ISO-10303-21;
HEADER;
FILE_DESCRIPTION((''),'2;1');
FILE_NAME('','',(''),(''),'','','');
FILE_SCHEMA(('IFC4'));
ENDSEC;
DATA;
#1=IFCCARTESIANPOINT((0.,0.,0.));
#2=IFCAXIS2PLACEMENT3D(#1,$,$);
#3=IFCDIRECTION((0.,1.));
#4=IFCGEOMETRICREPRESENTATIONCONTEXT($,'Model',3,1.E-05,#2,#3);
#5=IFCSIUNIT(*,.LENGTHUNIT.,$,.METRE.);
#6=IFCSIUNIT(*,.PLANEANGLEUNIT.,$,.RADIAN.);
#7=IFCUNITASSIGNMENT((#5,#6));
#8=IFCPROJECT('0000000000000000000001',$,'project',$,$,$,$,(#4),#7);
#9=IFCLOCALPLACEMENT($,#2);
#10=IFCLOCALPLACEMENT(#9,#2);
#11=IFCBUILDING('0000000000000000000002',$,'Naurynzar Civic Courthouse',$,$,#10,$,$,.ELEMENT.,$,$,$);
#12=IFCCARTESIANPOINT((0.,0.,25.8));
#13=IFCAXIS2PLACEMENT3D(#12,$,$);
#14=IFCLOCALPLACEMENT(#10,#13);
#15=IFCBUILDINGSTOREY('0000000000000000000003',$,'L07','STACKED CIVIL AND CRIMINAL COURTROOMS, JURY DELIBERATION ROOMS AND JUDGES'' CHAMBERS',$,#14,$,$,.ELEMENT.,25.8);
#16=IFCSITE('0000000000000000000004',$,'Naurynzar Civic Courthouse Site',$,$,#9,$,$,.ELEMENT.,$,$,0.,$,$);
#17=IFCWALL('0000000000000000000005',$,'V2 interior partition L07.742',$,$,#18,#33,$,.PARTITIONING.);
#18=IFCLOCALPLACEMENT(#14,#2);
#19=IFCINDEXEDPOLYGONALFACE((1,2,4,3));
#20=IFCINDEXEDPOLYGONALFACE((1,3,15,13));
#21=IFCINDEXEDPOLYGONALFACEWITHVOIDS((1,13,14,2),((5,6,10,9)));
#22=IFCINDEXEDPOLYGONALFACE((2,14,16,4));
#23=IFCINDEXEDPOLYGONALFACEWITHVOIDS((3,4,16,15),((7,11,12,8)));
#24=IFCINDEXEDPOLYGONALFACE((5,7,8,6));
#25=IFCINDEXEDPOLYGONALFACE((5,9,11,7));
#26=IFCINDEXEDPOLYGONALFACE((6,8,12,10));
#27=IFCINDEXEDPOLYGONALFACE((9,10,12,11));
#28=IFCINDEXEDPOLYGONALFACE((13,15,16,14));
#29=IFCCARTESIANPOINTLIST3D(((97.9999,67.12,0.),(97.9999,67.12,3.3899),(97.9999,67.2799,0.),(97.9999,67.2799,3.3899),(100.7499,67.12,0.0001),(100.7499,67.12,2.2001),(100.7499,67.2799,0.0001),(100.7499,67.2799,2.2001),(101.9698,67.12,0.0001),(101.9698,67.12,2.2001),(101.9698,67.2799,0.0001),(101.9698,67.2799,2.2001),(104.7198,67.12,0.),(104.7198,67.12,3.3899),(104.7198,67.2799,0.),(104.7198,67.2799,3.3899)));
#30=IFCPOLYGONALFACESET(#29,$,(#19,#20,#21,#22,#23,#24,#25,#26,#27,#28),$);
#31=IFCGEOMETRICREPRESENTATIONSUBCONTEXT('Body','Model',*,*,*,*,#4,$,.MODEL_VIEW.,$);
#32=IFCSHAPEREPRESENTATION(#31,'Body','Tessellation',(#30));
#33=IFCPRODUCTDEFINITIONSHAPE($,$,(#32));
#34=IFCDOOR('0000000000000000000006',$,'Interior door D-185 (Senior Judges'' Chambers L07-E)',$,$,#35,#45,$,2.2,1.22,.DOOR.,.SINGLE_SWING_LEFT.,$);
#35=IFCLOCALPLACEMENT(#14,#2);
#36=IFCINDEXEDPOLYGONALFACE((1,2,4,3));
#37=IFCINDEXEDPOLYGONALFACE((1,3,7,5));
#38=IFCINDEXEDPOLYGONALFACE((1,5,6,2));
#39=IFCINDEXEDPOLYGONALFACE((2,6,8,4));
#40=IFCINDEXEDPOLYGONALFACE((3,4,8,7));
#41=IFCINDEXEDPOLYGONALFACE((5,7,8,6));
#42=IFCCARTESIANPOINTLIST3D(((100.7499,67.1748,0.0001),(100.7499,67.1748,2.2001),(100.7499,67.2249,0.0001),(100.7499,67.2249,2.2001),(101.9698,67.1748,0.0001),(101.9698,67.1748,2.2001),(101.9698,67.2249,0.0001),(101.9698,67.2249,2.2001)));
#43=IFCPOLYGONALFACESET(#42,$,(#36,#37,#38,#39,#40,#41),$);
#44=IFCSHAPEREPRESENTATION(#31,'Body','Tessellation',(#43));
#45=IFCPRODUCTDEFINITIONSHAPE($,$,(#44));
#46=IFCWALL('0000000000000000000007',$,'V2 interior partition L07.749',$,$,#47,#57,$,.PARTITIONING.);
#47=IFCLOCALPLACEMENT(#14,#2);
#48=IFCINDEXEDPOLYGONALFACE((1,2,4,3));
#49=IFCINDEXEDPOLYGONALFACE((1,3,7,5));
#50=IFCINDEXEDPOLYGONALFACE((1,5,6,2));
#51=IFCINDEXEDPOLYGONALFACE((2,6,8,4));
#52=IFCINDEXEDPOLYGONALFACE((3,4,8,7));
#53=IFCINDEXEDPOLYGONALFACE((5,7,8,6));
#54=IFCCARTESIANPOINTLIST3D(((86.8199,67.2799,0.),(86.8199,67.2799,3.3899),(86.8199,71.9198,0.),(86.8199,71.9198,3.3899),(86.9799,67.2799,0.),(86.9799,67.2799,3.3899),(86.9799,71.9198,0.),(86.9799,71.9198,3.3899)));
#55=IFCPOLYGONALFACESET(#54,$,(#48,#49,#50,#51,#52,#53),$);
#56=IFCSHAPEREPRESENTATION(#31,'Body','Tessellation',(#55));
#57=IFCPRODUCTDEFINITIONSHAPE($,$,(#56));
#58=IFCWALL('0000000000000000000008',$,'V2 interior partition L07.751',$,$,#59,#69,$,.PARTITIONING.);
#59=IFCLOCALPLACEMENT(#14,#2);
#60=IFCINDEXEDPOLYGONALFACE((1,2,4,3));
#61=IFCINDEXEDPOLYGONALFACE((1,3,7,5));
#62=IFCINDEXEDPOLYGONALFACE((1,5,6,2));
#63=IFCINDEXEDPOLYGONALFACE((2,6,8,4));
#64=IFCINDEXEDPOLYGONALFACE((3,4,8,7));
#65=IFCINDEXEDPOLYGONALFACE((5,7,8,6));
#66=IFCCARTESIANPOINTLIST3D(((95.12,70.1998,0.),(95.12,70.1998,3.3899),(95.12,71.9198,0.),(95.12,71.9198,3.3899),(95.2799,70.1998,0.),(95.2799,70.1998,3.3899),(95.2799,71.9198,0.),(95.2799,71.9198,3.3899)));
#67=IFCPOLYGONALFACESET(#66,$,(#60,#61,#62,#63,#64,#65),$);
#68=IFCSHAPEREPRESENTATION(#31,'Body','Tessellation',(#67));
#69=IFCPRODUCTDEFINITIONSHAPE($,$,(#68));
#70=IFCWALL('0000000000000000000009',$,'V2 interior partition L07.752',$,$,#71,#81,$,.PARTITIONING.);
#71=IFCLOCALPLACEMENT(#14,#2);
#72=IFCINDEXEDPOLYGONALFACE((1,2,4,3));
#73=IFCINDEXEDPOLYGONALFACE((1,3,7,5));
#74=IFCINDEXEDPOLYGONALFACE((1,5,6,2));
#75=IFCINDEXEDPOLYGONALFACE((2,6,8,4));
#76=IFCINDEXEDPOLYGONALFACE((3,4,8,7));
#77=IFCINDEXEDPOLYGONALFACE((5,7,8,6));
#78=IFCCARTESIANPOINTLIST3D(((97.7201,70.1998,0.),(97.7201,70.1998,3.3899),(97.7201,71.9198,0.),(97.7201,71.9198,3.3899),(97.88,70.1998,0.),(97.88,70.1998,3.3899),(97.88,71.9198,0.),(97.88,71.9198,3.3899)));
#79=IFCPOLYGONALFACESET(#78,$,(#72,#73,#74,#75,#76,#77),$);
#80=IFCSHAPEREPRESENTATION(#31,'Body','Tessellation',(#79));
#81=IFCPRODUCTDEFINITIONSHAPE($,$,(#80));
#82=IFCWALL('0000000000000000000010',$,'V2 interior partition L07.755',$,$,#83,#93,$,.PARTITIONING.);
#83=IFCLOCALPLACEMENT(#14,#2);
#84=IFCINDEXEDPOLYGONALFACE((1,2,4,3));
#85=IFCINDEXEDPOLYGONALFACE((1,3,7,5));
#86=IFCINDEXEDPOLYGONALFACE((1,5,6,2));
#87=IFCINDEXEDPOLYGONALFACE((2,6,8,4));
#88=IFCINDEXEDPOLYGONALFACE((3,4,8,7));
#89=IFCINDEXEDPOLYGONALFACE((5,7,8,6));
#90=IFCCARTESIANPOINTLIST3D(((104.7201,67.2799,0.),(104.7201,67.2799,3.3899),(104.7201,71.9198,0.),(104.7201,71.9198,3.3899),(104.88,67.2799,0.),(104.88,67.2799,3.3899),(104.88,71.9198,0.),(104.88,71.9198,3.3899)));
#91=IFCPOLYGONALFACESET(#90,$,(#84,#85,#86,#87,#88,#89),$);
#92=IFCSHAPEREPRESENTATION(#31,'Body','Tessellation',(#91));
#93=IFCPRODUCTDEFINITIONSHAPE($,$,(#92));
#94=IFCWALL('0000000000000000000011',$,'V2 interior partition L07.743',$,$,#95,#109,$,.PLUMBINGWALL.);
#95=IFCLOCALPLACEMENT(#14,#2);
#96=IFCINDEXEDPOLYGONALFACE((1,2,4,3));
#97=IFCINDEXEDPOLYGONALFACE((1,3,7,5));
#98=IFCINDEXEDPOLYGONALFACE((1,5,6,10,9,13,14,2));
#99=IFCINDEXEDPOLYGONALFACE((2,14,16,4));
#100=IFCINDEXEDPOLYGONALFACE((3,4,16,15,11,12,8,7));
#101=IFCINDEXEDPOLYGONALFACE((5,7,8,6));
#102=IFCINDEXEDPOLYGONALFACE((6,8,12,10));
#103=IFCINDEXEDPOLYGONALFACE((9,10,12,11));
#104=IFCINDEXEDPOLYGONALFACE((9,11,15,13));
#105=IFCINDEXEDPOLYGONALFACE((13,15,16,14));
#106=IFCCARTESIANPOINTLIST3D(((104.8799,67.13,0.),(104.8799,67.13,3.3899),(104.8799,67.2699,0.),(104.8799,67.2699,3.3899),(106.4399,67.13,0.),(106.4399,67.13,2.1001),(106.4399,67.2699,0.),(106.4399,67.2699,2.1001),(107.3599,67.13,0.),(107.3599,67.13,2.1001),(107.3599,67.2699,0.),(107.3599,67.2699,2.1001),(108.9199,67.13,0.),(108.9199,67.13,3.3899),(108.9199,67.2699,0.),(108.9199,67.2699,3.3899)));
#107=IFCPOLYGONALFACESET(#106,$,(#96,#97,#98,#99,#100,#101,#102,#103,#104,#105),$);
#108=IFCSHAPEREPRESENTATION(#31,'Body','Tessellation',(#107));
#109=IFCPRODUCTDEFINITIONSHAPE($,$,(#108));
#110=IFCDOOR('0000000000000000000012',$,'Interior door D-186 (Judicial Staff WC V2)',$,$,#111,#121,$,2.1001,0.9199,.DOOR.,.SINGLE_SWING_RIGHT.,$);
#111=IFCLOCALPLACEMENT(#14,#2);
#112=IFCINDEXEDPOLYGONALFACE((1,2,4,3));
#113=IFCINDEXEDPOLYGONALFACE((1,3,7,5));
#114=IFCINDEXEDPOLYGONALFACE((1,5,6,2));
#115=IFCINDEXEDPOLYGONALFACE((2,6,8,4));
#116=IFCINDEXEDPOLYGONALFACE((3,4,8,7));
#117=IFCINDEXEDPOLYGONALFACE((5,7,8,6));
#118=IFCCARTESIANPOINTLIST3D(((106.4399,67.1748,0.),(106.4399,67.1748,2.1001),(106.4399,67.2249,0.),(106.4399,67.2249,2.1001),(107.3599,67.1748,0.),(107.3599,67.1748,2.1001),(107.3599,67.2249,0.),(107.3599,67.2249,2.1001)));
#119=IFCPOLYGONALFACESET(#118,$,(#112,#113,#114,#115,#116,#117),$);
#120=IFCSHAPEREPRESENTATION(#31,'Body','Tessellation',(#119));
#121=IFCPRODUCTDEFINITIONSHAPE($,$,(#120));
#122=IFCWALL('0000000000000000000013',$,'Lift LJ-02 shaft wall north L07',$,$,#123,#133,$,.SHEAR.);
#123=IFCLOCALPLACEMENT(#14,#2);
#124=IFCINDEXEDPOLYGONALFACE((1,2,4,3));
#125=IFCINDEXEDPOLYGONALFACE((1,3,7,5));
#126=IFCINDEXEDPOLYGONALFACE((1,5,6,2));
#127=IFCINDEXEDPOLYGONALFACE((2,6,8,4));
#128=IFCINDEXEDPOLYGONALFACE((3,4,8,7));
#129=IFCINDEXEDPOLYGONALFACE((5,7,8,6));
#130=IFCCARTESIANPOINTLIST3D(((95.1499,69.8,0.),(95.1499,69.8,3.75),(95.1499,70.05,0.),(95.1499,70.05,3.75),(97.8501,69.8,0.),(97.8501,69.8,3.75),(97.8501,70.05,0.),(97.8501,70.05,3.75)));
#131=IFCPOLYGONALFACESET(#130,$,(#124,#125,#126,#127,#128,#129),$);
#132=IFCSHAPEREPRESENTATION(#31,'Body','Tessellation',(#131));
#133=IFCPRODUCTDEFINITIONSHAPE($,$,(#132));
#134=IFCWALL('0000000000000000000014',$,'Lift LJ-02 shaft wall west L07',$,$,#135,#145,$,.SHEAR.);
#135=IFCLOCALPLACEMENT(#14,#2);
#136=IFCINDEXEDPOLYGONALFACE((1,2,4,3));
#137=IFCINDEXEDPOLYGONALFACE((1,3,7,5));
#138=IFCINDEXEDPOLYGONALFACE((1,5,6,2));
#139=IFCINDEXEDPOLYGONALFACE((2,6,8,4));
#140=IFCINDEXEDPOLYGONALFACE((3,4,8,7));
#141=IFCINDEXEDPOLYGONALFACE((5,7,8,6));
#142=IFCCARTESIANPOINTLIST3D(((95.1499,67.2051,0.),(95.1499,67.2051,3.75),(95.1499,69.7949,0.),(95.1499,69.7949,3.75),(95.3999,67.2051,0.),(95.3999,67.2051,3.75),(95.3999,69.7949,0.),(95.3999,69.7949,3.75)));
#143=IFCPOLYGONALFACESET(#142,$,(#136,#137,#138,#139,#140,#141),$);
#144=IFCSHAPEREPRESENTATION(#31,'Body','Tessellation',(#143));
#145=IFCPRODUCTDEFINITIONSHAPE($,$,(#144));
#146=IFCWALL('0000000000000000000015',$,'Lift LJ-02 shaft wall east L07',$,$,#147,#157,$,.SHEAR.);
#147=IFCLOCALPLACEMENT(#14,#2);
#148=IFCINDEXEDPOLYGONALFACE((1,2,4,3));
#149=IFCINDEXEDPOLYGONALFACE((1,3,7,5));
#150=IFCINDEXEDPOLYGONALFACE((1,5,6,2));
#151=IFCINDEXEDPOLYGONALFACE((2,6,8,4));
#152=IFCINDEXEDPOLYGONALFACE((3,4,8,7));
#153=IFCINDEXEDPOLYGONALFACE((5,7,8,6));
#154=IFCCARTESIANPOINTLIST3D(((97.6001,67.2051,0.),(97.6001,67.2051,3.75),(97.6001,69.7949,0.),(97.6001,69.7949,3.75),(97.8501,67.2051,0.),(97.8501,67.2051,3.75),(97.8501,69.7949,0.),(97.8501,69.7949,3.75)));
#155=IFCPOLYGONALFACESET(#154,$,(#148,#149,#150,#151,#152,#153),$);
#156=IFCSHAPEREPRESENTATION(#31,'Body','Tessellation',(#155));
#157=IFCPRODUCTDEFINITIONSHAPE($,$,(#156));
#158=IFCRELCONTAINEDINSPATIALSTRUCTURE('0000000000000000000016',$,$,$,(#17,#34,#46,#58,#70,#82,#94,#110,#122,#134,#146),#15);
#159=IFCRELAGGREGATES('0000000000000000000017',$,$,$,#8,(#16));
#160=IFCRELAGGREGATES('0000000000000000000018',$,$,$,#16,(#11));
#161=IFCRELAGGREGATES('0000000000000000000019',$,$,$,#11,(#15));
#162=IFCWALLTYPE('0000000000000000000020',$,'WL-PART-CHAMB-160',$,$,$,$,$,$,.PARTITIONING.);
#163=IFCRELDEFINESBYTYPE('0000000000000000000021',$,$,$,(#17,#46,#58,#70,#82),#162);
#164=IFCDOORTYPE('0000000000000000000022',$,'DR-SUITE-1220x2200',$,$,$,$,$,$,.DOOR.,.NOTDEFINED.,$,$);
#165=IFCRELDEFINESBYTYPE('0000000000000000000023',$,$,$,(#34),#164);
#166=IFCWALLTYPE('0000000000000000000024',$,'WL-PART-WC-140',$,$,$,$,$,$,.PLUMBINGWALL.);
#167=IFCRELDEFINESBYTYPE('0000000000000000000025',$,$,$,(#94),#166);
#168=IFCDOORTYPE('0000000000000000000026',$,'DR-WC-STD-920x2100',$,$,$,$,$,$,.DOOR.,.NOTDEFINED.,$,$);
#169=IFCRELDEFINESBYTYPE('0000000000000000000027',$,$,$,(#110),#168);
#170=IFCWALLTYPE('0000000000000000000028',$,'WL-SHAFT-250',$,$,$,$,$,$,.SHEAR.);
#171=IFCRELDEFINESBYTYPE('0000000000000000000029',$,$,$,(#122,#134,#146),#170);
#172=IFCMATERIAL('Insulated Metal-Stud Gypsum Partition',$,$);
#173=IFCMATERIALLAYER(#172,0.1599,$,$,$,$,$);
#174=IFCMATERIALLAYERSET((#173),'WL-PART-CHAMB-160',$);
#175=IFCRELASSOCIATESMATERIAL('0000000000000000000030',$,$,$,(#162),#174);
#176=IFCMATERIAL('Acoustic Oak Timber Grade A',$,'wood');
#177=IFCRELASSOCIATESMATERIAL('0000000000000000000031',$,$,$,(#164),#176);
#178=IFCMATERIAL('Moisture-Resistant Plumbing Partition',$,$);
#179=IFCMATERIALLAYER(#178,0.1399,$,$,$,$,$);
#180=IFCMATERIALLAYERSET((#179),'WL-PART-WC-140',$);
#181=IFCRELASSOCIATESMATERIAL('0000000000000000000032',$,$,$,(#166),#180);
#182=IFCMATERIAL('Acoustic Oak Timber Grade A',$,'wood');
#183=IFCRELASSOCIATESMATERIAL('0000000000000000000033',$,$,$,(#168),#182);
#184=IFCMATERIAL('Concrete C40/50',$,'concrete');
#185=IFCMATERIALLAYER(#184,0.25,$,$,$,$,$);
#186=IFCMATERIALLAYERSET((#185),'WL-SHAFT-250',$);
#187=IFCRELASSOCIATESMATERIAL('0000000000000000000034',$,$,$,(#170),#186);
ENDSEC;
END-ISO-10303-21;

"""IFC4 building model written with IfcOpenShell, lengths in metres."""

from ifc_helpers import new_model, si_unit, direction, frame, frame_2d, origin, place, context, subcontext, project, spatial, rectangle, extrude, material, layer, layer_set, type_object, element, fill, save


model = new_model("IFC4")

# Units and contexts
model_context = context("Model", 3, precision=1e-05, world=origin(), true_north=direction((0.0, 1.0)))
body_context = subcontext(model_context, "Body", "Model", "MODEL_VIEW")
ifc_project = project(units=[si_unit("LENGTHUNIT", "METRE"), si_unit("PLANEANGLEUNIT", "RADIAN")], contexts=[model_context])

# Site, building, storey
site_placement = place(None, origin())
site = spatial("IfcSite", under=ifc_project, at=site_placement, Name="Naurynzar Civic Courthouse Site", CompositionType="ELEMENT", RefElevation=0.0)
building_placement = place(site_placement, origin())
building = spatial("IfcBuilding", under=site, at=building_placement, Name="Naurynzar Civic Courthouse", CompositionType="ELEMENT")
storey_placement = place(building_placement, frame((0.0, 0.0, 25.8)))
storey = spatial("IfcBuildingStorey", under=building, at=storey_placement, Name="L07", Description="STACKED CIVIL AND CRIMINAL COURTROOMS, JURY DELIBERATION ROOMS AND JUDGES' CHAMBERS", CompositionType="ELEMENT", Elevation=25.8)

# Wall, opening, door
ifc_material_1 = material(Name="Insulated Metal-Stud Gypsum Partition")
ifc_layer_1 = layer(ifc_material_1, 0.1599)
ifc_layer_set_1 = layer_set([ifc_layer_1], Name="WL-PART-CHAMB-160")
wall_type_1 = type_object("IfcWallType", Name="WL-PART-CHAMB-160", PredefinedType="PARTITIONING", material=ifc_layer_set_1)
wall_1_placement = place(storey_placement, frame((98.0, 67.2, 0.0), z_axis=(0.0, 0.0, 1.0), x_axis=(1.0, 0.0, 0.0)))
wall_1 = element("IfcWall", 1, at=wall_1_placement, inside=storey, type_object=wall_type_1, Name="V2 interior partition L07.742", PredefinedType="PARTITIONING", context=body_context, shape_type="SweptSolid", body=[
    extrude(rectangle(XDim=6.72, YDim=0.1599, at=frame_2d((3.3599, 0.0))), origin(), (0.0, 0.0, 1.0), 3.3899),
])
opening_1_placement = place(wall_1_placement, frame((2.75, 0.0, 0.0)))
opening_1 = element("IfcOpeningElement", 2, at=opening_1_placement, cuts=wall_1, PredefinedType="OPENING", context=body_context, shape_type="SweptSolid", body=[
    extrude(rectangle(XDim=1.22, YDim=2.2, at=frame_2d((0.6099, 1.1001))), frame((0.0, 0.0898, 0.0), z_axis=(0.0, -1.0, 0.0), x_axis=(1.0, 0.0, 0.0)), (0.0, 0.0, 1.0), 0.1799),
])
ifc_material_2 = material(Name="Acoustic Oak Timber Grade A", Category="wood")
door_type_1 = type_object("IfcDoorType", Name="DR-SUITE-1220x2200", OperationType="NOTDEFINED", PredefinedType="DOOR", material=ifc_material_2)
door_1_placement = place(opening_1_placement, origin())
door_1 = element("IfcDoor", 3, at=door_1_placement, inside=storey, type_object=door_type_1, Name="Interior door D-185 (Senior Judges' Chambers L07-E)", OperationType="SINGLE_SWING_LEFT", OverallHeight=2.2, OverallWidth=1.22, PredefinedType="DOOR", context=body_context, shape_type="SweptSolid", body=[
    extrude(rectangle(XDim=1.22, YDim=2.2, at=frame_2d((0.6099, 1.1001))), frame((0.0, 0.0249, 0.0), z_axis=(0.0, -1.0, 0.0), x_axis=(1.0, 0.0, 0.0)), (0.0, 0.0, 1.0), 0.05),
])
fill(opening_1, door_1)

# Walls
wall_2_placement = place(storey_placement, frame((86.8999, 67.28, 0.0), z_axis=(0.0, 0.0, 1.0), x_axis=(0.0, 1.0, 0.0)))
element("IfcWall", 4, at=wall_2_placement, inside=storey, type_object=wall_type_1, Name="V2 interior partition L07.749", PredefinedType="PARTITIONING", context=body_context, shape_type="SweptSolid", body=[
    extrude(rectangle(XDim=4.6399, YDim=0.1599, at=frame_2d((2.3198, 0.0))), origin(), (0.0, 0.0, 1.0), 3.3899),
])
for number, where, z_axis, x_axis, name in (
    (5, (95.2, 70.2, 0.0), (0.0, 0.0, 1.0), (0.0, 1.0, 0.0), "V2 interior partition L07.751"),
    (6, (97.8, 70.2, 0.0), (0.0, 0.0, 1.0), (0.0, 1.0, 0.0), "V2 interior partition L07.752"),
):
    element("IfcWall", number, at=place(storey_placement, frame(where, z_axis=z_axis, x_axis=x_axis)), inside=storey, type_object=wall_type_1, Name=name, PredefinedType="PARTITIONING", context=body_context, shape_type="SweptSolid", body=[
        extrude(rectangle(XDim=1.72, YDim=0.1599, at=frame_2d((0.8599, 0.0))), origin(), (0.0, 0.0, 1.0), 3.3899),
    ])
wall_3_placement = place(storey_placement, frame((104.8, 67.28, 0.0), z_axis=(0.0, 0.0, 1.0), x_axis=(0.0, 1.0, 0.0)))
element("IfcWall", 7, at=wall_3_placement, inside=storey, type_object=wall_type_1, Name="V2 interior partition L07.755", PredefinedType="PARTITIONING", context=body_context, shape_type="SweptSolid", body=[
    extrude(rectangle(XDim=4.6399, YDim=0.1599, at=frame_2d((2.3198, 0.0))), origin(), (0.0, 0.0, 1.0), 3.3899),
])

# Wall, opening, door
ifc_material_3 = material(Name="Moisture-Resistant Plumbing Partition")
ifc_layer_2 = layer(ifc_material_3, 0.1399)
ifc_layer_set_2 = layer_set([ifc_layer_2], Name="WL-PART-WC-140")
wall_type_2 = type_object("IfcWallType", Name="WL-PART-WC-140", PredefinedType="PLUMBINGWALL", material=ifc_layer_set_2)
wall_4_placement = place(storey_placement, frame((104.8799, 67.2, 0.0), z_axis=(0.0, 0.0, 1.0), x_axis=(1.0, 0.0, 0.0)))
wall_4 = element("IfcWall", 8, at=wall_4_placement, inside=storey, type_object=wall_type_2, Name="V2 interior partition L07.743", PredefinedType="PLUMBINGWALL", context=body_context, shape_type="SweptSolid", body=[
    extrude(rectangle(XDim=4.04, YDim=0.1399, at=frame_2d((2.02, 0.0))), origin(), (0.0, 0.0, 1.0), 3.3899),
])
opening_2_placement = place(wall_4_placement, frame((1.5601, 0.0, 0.0)))
opening_2 = element("IfcOpeningElement", 9, at=opening_2_placement, cuts=wall_4, PredefinedType="OPENING", context=body_context, shape_type="SweptSolid", body=[
    extrude(rectangle(XDim=0.9199, YDim=2.1001, at=frame_2d((0.46, 1.05))), frame((0.0, 0.0798, 0.0), z_axis=(0.0, -1.0, 0.0), x_axis=(1.0, 0.0, 0.0)), (0.0, 0.0, 1.0), 0.1599),
])
ifc_material_4 = material(Name="Acoustic Oak Timber Grade A", Category="wood")
door_type_2 = type_object("IfcDoorType", Name="DR-WC-STD-920x2100", OperationType="NOTDEFINED", PredefinedType="DOOR", material=ifc_material_4)
door_2_placement = place(opening_2_placement, origin())
door_2 = element("IfcDoor", 10, at=door_2_placement, inside=storey, type_object=door_type_2, Name="Interior door D-186 (Judicial Staff WC V2)", OperationType="SINGLE_SWING_RIGHT", OverallHeight=2.1001, OverallWidth=0.9199, PredefinedType="DOOR", context=body_context, shape_type="SweptSolid", body=[
    extrude(rectangle(XDim=0.9199, YDim=2.1001, at=frame_2d((0.46, 1.05))), frame((0.0, 0.0249, 0.0), z_axis=(0.0, -1.0, 0.0), x_axis=(1.0, 0.0, 0.0)), (0.0, 0.0, 1.0), 0.05),
])
fill(opening_2, door_2)
ifc_material_5 = material(Name="Concrete C40/50", Category="concrete")
ifc_layer_3 = layer(ifc_material_5, 0.25)
ifc_layer_set_3 = layer_set([ifc_layer_3], Name="WL-SHAFT-250")
wall_type_3 = type_object("IfcWallType", Name="WL-SHAFT-250", PredefinedType="SHEAR", material=ifc_layer_set_3)

# Walls
wall_5_placement = place(storey_placement, frame((97.8501, 69.925, 0.0), z_axis=(0.0, 0.0, 1.0), x_axis=(-1.0, 0.0, 0.0)))
element("IfcWall", 11, at=wall_5_placement, inside=storey, type_object=wall_type_3, Name="Lift LJ-02 shaft wall north L07", PredefinedType="SHEAR", context=body_context, shape_type="SweptSolid", body=[
    extrude(rectangle(XDim=2.7002, YDim=0.25, at=frame_2d((1.3501, 0.0))), origin(), (0.0, 0.0, 1.0), 3.75),
])
for number, where, z_axis, x_axis, name in (
    (12, (95.2749, 69.7949, 0.0), (0.0, 0.0, 1.0), (0.0, -1.0, 0.0), "Lift LJ-02 shaft wall west L07"),
    (13, (97.7251, 67.2051, 0.0), (0.0, 0.0, 1.0), (0.0, 1.0, 0.0), "Lift LJ-02 shaft wall east L07"),
):
    element("IfcWall", number, at=place(storey_placement, frame(where, z_axis=z_axis, x_axis=x_axis)), inside=storey, type_object=wall_type_3, Name=name, PredefinedType="SHEAR", context=body_context, shape_type="SweptSolid", body=[
        extrude(rectangle(XDim=2.5898, YDim=0.25, at=frame_2d((1.2949, 0.0))), origin(), (0.0, 0.0, 1.0), 3.75),
    ])

save(model, "model.ifc")
